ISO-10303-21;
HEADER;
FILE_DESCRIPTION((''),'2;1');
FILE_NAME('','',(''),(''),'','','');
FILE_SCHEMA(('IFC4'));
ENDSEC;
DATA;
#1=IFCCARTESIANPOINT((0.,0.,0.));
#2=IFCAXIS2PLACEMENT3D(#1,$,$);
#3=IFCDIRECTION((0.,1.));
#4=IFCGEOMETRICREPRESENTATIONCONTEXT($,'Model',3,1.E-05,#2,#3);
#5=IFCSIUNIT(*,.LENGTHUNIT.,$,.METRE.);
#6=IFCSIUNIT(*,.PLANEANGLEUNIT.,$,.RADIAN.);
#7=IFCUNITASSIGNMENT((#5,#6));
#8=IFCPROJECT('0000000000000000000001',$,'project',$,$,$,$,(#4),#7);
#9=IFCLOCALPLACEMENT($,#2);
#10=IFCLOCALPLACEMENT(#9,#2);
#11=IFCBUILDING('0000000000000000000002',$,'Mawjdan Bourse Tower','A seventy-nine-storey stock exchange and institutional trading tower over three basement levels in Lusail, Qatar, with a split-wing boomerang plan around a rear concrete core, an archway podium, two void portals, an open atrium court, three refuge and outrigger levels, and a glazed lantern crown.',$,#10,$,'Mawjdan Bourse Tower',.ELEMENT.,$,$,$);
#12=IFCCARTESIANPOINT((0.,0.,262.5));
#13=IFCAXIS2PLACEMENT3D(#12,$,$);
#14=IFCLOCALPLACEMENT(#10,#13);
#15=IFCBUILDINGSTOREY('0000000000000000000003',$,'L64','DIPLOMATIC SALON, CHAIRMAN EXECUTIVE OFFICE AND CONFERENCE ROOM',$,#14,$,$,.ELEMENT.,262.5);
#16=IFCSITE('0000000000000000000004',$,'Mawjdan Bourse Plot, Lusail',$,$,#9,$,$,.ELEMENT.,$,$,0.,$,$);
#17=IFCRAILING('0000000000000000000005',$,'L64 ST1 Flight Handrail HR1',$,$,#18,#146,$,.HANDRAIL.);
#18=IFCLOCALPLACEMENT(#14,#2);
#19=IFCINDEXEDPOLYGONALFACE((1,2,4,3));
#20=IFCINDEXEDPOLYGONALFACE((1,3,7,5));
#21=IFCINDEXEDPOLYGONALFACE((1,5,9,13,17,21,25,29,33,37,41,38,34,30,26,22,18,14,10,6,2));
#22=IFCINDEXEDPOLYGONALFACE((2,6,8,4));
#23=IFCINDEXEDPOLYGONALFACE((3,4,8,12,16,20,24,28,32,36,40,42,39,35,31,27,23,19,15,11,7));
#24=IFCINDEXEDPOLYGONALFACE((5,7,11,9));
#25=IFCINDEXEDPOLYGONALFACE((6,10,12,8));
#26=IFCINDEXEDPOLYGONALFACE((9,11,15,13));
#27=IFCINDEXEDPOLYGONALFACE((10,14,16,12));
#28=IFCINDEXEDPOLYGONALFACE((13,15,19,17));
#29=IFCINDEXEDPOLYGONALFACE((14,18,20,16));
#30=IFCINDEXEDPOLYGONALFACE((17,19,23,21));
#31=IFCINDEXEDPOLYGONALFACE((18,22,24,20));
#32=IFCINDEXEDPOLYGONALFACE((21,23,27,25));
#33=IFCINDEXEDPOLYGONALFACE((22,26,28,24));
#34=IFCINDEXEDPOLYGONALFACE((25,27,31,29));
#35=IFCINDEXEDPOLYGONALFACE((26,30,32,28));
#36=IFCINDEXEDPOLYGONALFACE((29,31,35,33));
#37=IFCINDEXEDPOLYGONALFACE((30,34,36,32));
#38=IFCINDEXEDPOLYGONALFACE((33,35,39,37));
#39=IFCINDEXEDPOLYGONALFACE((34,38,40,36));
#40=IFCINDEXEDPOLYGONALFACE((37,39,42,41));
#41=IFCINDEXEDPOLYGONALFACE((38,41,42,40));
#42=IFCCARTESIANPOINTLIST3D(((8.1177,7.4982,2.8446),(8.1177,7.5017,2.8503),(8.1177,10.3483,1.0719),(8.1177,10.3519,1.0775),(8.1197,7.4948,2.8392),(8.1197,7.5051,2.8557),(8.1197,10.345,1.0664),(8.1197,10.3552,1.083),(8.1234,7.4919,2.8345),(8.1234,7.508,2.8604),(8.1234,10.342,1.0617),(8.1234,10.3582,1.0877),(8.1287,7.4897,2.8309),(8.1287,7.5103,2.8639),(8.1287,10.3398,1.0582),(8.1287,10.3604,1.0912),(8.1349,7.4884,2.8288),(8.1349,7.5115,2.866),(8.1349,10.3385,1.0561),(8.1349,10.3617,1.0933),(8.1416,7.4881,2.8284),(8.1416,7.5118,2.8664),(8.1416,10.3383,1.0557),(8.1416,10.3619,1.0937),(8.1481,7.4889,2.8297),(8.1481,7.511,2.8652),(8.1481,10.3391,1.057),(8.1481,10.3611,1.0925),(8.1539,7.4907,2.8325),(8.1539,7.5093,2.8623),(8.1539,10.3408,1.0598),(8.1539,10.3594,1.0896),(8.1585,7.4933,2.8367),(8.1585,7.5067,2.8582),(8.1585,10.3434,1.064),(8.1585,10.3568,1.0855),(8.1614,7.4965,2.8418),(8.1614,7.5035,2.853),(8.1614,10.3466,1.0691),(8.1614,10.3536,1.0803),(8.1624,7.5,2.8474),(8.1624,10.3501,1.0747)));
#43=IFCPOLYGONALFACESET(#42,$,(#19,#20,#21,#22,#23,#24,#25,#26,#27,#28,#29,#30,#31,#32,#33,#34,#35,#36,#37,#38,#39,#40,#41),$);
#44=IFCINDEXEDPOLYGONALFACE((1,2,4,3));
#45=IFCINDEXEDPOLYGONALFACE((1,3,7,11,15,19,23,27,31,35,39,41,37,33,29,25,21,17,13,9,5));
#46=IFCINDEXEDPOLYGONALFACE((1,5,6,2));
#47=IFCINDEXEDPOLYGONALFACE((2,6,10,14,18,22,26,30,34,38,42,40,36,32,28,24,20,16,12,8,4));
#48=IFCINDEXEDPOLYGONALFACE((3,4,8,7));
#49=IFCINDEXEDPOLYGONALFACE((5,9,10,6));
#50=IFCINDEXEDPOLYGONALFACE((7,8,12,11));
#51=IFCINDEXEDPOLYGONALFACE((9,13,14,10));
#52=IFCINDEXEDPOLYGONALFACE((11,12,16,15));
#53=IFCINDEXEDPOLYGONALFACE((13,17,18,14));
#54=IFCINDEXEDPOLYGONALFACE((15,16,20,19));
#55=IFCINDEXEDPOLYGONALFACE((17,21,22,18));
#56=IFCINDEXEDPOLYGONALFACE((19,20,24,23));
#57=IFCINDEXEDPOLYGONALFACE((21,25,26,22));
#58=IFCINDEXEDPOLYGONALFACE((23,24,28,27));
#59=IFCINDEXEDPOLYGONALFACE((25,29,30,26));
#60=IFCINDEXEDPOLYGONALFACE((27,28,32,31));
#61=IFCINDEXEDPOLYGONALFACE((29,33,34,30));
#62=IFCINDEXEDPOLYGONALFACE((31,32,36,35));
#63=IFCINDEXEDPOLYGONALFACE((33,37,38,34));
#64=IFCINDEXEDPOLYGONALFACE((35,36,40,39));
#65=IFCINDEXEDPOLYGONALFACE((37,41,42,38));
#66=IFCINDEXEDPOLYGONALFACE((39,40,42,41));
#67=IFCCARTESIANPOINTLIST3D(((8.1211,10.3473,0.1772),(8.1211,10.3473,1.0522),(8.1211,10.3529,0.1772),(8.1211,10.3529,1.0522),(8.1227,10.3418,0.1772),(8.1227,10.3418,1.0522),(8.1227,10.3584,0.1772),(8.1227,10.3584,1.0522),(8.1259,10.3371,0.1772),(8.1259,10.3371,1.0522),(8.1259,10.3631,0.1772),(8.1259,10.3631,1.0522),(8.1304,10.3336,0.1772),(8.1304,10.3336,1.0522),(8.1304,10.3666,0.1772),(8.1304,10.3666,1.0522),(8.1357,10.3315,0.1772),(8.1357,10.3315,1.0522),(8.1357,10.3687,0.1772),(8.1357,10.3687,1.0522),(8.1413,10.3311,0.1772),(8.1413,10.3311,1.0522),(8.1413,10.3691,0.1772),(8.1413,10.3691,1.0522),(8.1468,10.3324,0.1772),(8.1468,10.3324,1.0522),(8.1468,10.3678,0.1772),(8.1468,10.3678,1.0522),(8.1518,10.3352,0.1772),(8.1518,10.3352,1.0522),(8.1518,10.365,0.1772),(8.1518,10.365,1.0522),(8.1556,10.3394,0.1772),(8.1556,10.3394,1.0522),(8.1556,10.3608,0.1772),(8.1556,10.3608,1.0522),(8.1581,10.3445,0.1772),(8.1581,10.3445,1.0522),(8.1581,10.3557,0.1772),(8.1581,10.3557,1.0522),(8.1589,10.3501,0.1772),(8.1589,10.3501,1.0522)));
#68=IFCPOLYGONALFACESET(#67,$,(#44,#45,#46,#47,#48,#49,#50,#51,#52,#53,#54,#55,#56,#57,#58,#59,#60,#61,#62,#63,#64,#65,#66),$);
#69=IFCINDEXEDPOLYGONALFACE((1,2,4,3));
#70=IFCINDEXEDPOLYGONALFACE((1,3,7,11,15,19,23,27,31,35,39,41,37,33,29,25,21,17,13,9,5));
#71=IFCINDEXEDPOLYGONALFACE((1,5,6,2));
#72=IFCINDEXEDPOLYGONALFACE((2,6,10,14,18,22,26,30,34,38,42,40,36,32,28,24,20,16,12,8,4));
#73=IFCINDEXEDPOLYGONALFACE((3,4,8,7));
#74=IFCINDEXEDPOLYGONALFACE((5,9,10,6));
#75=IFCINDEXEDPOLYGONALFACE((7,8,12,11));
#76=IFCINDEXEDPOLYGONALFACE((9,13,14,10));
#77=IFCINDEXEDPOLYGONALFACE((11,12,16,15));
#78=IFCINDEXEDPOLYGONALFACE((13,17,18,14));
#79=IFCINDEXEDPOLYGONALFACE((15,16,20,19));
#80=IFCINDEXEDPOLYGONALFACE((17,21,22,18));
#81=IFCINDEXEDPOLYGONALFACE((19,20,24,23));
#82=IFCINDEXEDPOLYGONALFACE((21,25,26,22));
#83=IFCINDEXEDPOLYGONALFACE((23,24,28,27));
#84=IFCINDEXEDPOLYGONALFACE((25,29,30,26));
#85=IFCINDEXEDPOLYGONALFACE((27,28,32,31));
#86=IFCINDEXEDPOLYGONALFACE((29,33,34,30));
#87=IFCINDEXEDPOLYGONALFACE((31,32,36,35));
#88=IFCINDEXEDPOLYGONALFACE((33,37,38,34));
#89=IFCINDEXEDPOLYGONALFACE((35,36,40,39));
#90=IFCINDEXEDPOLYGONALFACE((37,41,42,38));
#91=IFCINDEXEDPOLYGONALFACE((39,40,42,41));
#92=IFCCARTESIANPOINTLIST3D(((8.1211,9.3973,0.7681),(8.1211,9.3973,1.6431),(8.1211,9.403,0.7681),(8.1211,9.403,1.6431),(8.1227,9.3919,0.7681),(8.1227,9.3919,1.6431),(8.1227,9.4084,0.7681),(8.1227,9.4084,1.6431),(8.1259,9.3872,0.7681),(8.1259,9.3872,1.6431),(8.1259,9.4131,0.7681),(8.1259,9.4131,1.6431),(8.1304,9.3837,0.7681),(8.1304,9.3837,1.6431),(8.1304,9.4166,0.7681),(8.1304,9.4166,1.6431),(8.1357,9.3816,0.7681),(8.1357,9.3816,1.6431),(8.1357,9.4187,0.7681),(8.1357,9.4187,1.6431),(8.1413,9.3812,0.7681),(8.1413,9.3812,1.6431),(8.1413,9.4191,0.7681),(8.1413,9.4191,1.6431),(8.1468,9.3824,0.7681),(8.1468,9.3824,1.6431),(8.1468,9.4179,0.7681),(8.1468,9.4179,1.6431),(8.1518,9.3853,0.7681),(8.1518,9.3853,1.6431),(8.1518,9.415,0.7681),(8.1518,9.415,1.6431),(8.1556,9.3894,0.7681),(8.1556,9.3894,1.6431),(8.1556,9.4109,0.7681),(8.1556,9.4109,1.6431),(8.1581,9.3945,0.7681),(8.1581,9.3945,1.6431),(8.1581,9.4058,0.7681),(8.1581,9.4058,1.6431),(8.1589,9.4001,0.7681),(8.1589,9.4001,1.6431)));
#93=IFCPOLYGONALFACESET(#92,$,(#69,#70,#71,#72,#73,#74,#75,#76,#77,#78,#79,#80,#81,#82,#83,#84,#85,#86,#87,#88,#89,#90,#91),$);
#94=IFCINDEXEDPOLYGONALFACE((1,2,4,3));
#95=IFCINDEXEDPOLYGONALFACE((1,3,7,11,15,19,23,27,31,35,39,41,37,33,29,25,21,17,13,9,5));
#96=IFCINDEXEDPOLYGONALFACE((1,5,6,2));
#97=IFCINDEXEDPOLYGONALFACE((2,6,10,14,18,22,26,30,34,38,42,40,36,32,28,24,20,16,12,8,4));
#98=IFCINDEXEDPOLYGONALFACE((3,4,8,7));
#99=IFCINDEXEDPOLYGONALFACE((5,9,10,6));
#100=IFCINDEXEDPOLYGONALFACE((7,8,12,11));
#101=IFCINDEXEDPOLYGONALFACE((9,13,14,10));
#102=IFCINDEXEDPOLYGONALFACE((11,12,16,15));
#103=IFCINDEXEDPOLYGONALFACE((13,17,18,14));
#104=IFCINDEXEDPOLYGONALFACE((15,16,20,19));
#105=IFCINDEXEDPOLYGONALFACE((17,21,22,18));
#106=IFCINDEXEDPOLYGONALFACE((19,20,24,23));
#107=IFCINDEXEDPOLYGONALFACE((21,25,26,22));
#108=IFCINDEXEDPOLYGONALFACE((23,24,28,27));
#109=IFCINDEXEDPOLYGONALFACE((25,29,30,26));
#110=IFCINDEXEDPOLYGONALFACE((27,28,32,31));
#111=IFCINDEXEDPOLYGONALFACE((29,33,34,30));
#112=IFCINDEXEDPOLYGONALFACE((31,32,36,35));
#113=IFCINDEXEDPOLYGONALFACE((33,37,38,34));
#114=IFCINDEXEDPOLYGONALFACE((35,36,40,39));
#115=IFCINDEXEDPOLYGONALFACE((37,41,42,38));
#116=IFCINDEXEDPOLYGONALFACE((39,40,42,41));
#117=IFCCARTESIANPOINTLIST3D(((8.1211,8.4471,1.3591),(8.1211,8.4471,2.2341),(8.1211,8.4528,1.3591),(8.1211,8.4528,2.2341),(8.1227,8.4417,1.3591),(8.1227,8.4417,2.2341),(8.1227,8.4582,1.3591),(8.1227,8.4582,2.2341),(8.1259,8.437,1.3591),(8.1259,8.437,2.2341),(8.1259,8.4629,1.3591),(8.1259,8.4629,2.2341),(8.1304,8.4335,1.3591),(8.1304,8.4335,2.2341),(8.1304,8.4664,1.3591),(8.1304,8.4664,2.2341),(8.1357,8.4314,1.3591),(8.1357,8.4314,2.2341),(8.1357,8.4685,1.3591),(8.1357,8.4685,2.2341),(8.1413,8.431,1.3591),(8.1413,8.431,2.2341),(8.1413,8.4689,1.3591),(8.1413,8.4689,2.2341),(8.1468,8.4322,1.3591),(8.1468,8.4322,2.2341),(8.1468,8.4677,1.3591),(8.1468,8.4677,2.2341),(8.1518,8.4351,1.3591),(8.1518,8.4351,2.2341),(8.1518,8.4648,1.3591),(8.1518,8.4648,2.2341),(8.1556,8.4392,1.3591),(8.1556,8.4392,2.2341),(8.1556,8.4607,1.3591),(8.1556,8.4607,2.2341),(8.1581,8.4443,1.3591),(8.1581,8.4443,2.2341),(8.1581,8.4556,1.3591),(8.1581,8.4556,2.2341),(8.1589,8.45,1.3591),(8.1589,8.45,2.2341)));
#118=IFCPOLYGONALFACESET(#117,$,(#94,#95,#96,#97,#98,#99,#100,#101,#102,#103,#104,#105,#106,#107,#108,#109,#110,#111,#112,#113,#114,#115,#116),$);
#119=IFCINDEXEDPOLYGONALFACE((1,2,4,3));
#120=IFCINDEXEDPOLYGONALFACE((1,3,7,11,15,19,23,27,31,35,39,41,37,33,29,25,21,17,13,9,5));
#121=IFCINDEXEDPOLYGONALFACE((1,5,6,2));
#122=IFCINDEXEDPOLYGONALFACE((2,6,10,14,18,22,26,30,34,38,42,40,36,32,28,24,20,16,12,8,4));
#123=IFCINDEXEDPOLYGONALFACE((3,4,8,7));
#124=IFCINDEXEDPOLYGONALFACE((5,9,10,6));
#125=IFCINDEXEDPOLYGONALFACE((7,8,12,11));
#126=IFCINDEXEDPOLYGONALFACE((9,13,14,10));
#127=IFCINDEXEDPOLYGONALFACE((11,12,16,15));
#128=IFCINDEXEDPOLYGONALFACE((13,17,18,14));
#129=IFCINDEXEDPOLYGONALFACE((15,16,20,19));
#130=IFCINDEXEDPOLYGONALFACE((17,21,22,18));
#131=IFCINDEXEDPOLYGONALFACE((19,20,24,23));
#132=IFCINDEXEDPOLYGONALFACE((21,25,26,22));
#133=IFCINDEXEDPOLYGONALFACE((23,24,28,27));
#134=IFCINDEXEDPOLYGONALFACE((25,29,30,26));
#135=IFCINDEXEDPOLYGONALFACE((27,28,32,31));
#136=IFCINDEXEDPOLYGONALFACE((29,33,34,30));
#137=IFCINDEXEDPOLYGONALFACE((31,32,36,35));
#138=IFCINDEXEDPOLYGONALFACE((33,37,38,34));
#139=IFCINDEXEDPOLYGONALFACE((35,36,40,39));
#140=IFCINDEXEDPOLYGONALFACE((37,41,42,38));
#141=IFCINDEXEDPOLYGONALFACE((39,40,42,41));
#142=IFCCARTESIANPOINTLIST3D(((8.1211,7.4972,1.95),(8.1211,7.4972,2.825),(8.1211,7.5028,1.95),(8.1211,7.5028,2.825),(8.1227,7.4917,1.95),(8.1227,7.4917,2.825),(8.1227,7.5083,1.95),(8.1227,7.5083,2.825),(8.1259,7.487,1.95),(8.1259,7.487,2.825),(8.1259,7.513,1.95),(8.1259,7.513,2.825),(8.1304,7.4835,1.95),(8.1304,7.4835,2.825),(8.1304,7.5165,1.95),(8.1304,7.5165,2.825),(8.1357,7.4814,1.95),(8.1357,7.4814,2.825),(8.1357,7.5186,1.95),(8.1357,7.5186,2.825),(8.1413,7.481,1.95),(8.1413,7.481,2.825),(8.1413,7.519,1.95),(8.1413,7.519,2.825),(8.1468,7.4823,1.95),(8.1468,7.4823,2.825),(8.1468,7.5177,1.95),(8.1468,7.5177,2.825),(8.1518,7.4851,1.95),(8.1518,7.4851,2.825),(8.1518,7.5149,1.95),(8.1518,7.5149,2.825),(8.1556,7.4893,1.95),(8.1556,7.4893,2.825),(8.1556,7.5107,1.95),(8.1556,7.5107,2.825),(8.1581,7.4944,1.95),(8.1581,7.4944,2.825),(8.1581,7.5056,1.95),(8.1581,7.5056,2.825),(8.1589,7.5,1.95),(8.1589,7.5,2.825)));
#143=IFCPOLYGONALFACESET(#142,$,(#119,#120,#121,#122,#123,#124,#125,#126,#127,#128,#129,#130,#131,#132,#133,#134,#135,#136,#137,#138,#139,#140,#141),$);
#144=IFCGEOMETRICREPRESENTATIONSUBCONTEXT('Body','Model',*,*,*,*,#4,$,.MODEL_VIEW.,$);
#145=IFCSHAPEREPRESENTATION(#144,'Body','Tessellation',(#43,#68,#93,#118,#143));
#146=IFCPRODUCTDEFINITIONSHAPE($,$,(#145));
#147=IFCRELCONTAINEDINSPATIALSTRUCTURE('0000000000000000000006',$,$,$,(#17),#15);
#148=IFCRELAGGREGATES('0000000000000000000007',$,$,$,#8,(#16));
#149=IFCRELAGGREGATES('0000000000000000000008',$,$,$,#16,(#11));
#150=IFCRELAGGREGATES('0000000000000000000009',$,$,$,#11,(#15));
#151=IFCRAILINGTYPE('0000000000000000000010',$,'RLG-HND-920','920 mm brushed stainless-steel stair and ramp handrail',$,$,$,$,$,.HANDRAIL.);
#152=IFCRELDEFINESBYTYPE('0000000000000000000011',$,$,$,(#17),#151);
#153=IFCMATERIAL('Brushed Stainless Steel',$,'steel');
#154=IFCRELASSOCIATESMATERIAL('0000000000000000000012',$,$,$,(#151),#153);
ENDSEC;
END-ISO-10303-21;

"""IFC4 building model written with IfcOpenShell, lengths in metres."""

from ifc_helpers import new_model, si_unit, direction, frame, origin, origin_2d, place, context, subcontext, project, spatial, circle, extrude, material, type_object, element, save


model = new_model("IFC4")

# Units and contexts
model_context = context("Model", 3, precision=1e-05, world=origin(), true_north=direction((0.0, 1.0)))
body_context = subcontext(model_context, "Body", "Model", "MODEL_VIEW")
ifc_project = project(units=[si_unit("LENGTHUNIT", "METRE"), si_unit("PLANEANGLEUNIT", "RADIAN")], contexts=[model_context])

# Site, building, storey
site_placement = place(None, origin())
site = spatial("IfcSite", under=ifc_project, at=site_placement, Name="Mawjdan Bourse Plot, Lusail", CompositionType="ELEMENT", RefElevation=0.0)
building_placement = place(site_placement, origin())
building = spatial("IfcBuilding", under=site, at=building_placement, Name="Mawjdan Bourse Tower", Description="A seventy-nine-storey stock exchange and institutional trading tower over three basement levels in Lusail, Qatar, with a split-wing boomerang plan around a rear concrete core, an archway podium, two void portals, an open atrium court, three refuge and outrigger levels, and a glazed lantern crown.", LongName="Mawjdan Bourse Tower", CompositionType="ELEMENT")
storey_placement = place(building_placement, frame((0.0, 0.0, 262.5)))
storey = spatial("IfcBuildingStorey", under=building, at=storey_placement, Name="L64", Description="DIPLOMATIC SALON, CHAIRMAN EXECUTIVE OFFICE AND CONFERENCE ROOM", CompositionType="ELEMENT", Elevation=262.5)

# Railing
ifc_material_1 = material(Name="Brushed Stainless Steel", Category="steel")
railing_type_1 = type_object("IfcRailingType", Name="RLG-HND-920", Description="920 mm brushed stainless-steel stair and ramp handrail", PredefinedType="HANDRAIL", material=ifc_material_1)
for number, where, name in (
    (1, (8.1399, 10.3501, 0.1772), "L64 ST1 Flight Handrail HR1"),
):
    element("IfcRailing", number, at=place(storey_placement, frame(where)), inside=storey, type_object=railing_type_1, Name=name, PredefinedType="HANDRAIL", context=body_context, shape_type="SweptSolid", body=[
        extrude(circle(Radius=0.0225, at=origin_2d()), frame((0.0, 0.0, 0.8975), z_axis=(0.0, -0.849149, 0.528154), x_axis=(1.0, 0.0, 0.0)), (0.0, 0.0, 1.0), 3.3564),
        extrude(circle(Radius=0.019, at=origin_2d()), origin(), (0.0, 0.0, 1.0), 0.875),
        extrude(circle(Radius=0.019, at=origin_2d()), frame((0.0, -0.95, 0.5908)), (0.0, 0.0, 1.0), 0.875),
        extrude(circle(Radius=0.019, at=origin_2d()), frame((0.0, -1.9001, 1.1819)), (0.0, 0.0, 1.0), 0.875),
        extrude(circle(Radius=0.019, at=origin_2d()), frame((0.0, -2.8501, 1.7727)), (0.0, 0.0, 1.0), 0.875),
    ])

save(model, "model.ifc")
